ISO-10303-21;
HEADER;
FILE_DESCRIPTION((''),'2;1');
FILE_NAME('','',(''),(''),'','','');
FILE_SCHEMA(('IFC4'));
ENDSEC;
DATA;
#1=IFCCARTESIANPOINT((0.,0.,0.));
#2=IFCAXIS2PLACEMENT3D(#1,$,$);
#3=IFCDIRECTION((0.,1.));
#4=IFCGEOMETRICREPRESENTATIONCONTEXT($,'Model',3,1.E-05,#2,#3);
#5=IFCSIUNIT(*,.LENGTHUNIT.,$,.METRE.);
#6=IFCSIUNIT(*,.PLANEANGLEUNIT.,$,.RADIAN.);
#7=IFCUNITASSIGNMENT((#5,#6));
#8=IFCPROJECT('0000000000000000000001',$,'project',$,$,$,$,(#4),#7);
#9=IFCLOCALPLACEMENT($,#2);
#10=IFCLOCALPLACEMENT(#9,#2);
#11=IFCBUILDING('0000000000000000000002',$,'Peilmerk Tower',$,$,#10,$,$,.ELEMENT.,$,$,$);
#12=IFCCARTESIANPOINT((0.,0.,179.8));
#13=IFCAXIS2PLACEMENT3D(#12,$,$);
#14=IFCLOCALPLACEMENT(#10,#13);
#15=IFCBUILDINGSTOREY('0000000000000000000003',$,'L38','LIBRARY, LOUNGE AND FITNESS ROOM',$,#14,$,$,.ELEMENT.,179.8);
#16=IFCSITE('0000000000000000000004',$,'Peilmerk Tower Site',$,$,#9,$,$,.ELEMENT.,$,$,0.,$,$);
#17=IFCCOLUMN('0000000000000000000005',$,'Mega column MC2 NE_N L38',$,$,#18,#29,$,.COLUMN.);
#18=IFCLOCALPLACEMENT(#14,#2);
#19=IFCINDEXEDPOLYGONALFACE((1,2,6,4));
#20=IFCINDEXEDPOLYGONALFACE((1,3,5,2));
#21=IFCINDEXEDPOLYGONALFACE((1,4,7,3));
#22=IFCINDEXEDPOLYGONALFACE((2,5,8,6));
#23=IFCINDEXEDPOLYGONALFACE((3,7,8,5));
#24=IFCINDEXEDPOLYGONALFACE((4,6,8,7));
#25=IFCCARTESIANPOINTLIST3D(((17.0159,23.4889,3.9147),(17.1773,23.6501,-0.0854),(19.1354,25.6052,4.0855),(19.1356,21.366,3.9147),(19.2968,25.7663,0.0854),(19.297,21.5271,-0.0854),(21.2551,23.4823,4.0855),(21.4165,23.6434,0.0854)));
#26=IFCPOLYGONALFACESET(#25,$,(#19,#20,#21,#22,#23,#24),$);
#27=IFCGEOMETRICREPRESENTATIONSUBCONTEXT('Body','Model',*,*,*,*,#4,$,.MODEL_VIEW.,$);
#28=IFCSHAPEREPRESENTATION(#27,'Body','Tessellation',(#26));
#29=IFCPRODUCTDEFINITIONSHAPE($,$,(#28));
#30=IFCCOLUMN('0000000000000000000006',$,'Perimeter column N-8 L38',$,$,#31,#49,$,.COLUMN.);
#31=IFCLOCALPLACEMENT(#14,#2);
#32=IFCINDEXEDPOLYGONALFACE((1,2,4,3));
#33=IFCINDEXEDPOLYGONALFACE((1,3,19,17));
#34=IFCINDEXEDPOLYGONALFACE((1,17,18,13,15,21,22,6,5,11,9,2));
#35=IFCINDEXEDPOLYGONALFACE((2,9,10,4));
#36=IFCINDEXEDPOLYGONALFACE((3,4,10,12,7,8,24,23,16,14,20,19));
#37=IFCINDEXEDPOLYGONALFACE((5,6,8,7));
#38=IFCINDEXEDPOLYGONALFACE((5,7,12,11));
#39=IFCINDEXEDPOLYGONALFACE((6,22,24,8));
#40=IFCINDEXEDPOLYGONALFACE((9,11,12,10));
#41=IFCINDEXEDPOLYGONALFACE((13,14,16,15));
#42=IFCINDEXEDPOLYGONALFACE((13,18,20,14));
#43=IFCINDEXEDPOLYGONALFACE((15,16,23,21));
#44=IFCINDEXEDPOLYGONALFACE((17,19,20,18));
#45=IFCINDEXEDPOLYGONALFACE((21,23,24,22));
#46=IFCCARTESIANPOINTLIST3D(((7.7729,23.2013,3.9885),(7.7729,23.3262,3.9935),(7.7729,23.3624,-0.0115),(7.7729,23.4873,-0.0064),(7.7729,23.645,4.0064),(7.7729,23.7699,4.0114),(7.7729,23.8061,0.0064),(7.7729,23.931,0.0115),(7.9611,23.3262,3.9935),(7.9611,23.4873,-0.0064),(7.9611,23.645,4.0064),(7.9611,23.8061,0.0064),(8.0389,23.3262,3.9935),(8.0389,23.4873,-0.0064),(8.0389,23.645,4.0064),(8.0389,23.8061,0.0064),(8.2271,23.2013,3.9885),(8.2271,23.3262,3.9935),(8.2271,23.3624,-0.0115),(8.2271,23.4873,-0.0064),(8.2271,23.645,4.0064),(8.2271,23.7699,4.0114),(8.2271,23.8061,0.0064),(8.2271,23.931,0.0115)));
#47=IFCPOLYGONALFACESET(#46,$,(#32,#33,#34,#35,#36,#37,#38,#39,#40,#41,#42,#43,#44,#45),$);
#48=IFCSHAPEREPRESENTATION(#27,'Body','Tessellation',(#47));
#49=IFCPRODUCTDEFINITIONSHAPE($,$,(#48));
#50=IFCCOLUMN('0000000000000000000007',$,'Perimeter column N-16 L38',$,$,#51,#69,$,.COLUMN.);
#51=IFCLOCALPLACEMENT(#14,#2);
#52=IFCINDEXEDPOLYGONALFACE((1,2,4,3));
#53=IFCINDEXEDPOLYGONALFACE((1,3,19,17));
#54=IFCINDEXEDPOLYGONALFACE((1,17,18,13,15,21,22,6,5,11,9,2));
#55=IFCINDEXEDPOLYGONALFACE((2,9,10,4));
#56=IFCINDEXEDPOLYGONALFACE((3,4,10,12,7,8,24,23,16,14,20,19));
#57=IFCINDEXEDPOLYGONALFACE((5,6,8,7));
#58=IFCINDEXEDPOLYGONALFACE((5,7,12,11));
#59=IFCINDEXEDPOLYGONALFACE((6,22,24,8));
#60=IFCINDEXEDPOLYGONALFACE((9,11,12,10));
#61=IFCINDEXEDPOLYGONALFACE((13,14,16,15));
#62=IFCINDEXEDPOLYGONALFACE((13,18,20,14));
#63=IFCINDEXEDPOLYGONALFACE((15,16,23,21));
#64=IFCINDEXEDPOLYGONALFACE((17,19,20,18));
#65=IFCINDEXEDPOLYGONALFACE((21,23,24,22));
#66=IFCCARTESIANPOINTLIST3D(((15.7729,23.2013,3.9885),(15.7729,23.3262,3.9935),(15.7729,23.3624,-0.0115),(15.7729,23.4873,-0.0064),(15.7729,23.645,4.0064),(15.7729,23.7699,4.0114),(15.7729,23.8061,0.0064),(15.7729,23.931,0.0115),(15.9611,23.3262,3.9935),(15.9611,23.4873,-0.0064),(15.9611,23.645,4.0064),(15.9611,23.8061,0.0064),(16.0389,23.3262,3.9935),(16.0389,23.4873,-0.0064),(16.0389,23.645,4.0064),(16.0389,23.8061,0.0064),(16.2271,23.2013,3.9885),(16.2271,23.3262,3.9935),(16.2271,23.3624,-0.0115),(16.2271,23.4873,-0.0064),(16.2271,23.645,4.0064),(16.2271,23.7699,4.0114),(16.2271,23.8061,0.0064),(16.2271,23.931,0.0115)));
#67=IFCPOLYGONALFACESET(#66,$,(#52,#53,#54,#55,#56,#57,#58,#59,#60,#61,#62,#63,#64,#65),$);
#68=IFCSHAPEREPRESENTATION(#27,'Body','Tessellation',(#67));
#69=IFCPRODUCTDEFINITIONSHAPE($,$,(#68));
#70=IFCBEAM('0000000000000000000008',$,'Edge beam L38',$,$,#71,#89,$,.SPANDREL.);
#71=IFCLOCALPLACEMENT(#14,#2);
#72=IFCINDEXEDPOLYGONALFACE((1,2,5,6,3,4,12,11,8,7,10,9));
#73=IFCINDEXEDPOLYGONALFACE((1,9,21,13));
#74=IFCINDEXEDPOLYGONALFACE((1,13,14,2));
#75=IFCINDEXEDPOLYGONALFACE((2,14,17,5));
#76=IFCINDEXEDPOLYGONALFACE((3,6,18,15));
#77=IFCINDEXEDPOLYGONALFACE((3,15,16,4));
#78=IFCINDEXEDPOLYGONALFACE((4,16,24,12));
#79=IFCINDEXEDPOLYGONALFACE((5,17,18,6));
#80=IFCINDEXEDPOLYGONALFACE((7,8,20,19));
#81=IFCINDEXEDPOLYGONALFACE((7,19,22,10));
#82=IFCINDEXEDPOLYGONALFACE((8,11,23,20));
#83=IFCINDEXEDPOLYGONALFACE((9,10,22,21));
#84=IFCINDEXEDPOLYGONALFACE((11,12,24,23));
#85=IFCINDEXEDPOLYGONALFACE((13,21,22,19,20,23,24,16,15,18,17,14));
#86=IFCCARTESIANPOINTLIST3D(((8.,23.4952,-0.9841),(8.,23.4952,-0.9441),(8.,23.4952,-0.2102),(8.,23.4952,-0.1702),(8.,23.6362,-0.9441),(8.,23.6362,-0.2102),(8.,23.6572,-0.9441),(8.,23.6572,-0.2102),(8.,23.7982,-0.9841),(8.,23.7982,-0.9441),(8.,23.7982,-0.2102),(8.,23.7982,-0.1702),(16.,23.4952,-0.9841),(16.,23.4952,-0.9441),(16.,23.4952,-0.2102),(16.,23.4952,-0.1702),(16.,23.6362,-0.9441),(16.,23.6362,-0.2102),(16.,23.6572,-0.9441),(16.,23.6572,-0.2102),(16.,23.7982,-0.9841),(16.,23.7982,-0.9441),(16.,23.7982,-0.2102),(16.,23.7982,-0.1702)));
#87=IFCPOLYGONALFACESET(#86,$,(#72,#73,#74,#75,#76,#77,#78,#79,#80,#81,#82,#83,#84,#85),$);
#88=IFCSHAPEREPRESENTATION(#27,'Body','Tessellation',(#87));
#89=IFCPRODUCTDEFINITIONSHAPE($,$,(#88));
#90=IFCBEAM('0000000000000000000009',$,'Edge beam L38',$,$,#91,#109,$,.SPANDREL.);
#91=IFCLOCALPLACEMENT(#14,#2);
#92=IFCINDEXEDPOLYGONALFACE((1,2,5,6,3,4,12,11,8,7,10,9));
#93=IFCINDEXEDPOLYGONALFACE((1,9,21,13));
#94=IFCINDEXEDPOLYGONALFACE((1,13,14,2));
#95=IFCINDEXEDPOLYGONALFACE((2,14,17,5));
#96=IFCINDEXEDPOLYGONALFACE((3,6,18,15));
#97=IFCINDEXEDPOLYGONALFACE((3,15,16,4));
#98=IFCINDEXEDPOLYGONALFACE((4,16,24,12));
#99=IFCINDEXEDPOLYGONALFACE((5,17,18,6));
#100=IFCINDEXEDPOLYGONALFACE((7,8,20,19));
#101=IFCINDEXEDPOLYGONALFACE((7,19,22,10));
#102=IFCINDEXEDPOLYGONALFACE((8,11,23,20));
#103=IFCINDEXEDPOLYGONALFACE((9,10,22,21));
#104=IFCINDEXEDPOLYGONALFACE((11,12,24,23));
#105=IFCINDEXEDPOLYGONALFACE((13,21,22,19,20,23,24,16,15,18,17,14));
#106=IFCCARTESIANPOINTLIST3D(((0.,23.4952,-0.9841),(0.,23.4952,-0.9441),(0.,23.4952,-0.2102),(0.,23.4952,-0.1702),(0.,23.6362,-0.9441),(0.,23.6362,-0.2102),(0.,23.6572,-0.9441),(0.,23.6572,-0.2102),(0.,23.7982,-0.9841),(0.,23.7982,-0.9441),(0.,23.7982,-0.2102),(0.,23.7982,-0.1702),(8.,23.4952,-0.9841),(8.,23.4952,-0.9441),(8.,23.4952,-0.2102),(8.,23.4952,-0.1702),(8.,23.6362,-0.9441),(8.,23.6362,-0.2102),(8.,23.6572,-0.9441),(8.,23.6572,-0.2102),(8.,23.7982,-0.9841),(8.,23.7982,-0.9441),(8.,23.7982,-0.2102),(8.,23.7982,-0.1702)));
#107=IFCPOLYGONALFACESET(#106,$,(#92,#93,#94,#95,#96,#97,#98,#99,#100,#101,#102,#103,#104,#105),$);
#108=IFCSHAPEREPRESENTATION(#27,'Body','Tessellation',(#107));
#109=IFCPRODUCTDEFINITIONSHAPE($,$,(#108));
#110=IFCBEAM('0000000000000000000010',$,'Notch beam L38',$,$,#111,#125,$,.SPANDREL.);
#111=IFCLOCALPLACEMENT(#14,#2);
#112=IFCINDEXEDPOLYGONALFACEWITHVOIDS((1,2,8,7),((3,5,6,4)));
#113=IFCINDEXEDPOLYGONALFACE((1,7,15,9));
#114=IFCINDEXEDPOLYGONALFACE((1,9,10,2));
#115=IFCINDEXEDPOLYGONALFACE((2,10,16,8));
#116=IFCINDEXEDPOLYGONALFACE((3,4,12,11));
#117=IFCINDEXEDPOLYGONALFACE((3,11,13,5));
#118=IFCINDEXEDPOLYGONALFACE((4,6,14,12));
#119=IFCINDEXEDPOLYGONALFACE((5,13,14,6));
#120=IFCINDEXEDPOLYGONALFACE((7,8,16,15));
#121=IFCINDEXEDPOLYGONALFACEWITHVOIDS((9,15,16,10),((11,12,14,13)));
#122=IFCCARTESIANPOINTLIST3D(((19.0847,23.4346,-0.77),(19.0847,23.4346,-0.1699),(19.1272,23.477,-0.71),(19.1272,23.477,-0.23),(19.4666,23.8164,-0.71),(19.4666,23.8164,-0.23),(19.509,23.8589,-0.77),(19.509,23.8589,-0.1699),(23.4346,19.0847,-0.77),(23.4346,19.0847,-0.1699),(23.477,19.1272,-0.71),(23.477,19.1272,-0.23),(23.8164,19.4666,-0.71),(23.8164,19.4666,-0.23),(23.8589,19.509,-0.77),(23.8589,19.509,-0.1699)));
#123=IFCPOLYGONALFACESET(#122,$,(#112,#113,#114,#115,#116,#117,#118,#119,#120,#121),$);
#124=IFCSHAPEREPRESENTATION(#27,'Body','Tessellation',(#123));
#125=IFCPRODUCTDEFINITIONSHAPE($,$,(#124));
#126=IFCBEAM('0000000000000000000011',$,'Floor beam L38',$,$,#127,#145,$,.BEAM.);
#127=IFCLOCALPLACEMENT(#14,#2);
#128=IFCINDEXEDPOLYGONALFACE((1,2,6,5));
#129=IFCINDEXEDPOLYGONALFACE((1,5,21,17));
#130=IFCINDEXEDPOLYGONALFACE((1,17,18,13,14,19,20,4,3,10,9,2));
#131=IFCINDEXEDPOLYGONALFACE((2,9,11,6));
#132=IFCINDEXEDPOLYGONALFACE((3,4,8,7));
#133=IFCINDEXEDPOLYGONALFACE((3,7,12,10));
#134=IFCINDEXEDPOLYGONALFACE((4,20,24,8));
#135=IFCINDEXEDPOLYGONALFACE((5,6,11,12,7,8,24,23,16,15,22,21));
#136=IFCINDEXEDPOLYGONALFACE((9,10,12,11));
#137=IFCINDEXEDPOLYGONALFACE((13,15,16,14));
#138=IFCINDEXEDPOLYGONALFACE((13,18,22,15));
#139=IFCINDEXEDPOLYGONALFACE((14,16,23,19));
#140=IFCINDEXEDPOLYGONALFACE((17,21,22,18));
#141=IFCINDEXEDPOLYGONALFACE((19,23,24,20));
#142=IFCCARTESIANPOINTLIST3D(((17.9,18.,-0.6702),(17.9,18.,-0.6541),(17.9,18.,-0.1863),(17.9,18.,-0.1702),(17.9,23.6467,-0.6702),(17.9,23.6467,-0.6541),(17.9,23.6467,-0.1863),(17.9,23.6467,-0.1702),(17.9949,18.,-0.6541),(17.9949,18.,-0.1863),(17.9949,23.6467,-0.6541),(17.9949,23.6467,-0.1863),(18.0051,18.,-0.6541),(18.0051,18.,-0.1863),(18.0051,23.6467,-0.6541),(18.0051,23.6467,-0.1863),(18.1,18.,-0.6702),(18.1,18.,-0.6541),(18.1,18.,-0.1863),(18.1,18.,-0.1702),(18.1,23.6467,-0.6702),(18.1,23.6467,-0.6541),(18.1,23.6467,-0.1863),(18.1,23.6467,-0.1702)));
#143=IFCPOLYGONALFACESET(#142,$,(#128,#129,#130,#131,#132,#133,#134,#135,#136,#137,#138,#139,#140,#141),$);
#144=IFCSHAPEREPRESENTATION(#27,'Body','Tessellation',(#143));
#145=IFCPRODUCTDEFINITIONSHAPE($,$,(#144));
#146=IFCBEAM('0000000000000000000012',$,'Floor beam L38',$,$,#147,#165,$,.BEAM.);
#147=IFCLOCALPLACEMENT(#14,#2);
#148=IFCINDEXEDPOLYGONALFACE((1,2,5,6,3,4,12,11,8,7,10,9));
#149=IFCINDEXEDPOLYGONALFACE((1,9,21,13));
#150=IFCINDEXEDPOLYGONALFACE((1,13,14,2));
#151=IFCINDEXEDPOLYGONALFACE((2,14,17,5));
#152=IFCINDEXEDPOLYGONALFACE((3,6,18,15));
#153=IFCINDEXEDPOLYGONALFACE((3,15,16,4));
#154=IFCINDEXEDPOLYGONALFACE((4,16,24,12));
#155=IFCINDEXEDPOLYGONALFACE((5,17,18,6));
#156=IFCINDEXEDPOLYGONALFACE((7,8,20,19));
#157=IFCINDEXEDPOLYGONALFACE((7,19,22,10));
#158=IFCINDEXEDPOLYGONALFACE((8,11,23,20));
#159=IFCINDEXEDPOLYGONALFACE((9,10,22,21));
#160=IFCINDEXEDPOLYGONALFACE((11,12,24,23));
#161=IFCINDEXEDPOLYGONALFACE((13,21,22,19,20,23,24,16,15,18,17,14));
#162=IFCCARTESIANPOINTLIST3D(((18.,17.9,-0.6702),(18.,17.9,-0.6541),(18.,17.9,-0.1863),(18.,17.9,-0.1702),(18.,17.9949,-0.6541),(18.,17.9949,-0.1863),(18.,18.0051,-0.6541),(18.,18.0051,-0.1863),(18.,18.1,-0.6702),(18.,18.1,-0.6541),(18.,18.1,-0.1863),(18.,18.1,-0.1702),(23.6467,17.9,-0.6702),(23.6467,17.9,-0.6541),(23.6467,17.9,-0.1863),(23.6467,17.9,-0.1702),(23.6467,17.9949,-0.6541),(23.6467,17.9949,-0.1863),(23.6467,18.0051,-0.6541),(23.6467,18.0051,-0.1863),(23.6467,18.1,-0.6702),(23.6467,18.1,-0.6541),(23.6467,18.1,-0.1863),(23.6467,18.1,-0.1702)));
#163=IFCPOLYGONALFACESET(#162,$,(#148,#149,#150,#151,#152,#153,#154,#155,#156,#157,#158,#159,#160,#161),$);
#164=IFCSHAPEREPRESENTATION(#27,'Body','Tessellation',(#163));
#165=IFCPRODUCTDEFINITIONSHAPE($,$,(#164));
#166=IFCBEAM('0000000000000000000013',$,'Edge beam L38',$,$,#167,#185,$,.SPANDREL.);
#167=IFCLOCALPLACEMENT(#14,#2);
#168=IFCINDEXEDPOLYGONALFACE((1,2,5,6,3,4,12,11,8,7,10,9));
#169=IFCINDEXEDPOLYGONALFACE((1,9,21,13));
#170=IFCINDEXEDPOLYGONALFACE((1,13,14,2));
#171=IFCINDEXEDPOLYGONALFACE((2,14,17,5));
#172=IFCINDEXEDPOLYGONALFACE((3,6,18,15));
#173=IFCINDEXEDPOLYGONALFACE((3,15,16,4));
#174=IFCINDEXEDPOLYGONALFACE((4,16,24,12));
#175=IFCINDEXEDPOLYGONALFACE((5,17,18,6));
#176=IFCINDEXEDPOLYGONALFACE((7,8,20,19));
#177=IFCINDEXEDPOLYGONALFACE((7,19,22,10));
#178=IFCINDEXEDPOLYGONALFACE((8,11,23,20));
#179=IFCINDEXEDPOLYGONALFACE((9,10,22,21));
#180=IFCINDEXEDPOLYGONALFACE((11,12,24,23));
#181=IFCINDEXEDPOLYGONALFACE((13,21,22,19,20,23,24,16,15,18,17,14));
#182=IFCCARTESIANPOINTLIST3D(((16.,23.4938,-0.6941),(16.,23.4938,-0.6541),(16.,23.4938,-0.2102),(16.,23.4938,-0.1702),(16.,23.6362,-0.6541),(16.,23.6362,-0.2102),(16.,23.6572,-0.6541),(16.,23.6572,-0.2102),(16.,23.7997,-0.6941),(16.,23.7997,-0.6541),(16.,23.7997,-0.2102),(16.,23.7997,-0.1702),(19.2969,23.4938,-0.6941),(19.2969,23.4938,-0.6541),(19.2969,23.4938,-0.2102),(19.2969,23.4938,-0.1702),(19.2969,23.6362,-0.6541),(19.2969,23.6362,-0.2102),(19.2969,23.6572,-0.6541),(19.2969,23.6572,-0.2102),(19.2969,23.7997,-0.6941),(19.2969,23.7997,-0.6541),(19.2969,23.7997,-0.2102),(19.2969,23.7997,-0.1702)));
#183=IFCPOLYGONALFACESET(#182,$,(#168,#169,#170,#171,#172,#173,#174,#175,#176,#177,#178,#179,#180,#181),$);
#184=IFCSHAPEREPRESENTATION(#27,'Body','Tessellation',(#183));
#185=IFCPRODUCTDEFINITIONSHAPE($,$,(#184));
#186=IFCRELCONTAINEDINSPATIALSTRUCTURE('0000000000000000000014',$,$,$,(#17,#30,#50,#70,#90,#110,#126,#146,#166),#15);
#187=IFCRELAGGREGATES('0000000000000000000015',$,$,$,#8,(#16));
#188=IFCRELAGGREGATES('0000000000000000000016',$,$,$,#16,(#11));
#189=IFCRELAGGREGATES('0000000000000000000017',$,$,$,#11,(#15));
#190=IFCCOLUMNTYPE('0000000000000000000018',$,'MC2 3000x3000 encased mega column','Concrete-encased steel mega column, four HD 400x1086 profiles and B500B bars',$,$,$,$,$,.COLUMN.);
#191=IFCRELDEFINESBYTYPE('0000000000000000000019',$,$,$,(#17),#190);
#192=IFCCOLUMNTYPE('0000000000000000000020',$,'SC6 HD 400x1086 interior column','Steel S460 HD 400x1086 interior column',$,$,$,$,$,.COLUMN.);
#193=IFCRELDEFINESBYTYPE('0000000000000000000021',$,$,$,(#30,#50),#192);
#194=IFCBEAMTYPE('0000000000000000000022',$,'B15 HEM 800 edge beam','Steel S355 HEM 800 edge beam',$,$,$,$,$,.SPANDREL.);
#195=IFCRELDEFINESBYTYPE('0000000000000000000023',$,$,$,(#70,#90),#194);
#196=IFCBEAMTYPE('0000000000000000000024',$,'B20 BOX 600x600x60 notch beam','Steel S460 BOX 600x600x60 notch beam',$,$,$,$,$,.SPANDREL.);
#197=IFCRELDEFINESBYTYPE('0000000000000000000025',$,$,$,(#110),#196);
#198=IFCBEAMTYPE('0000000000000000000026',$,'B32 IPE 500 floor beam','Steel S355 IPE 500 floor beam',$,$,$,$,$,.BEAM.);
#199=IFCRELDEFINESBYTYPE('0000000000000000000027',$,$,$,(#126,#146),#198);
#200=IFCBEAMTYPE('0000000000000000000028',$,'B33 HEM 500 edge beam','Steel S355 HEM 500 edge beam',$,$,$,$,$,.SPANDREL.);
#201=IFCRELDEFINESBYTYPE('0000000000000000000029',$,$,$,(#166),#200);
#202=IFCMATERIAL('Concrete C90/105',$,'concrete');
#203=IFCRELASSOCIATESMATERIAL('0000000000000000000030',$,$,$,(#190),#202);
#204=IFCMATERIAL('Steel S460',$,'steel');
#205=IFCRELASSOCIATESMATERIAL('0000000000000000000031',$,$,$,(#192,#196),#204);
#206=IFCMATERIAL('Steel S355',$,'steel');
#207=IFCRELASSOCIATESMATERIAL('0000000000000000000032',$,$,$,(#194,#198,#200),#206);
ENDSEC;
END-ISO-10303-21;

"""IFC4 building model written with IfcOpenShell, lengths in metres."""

from ifc_helpers import new_model, si_unit, direction, frame, origin, origin_2d, place, context, subcontext, project, spatial, rectangle, hollow_rectangle, i_section, extrude, material, material_profile, profile_set, type_object, element, save


model = new_model("IFC4")

# Units and contexts
model_context = context("Model", 3, precision=1e-05, world=origin(), true_north=direction((0.0, 1.0)))
body_context = subcontext(model_context, "Body", "Model", "MODEL_VIEW")
ifc_project = project(units=[si_unit("LENGTHUNIT", "METRE"), si_unit("PLANEANGLEUNIT", "RADIAN")], contexts=[model_context])

# Site, building, storey
site_placement = place(None, origin())
site = spatial("IfcSite", under=ifc_project, at=site_placement, Name="Peilmerk Tower Site", CompositionType="ELEMENT", RefElevation=0.0)
building_placement = place(site_placement, origin())
building = spatial("IfcBuilding", under=site, at=building_placement, Name="Peilmerk Tower", CompositionType="ELEMENT")
storey_placement = place(building_placement, frame((0.0, 0.0, 179.8)))
storey = spatial("IfcBuildingStorey", under=building, at=storey_placement, Name="L38", Description="LIBRARY, LOUNGE AND FITNESS ROOM", CompositionType="ELEMENT", Elevation=179.8)

# Columns
ifc_material_1 = material(Name="Concrete C90/105", Category="concrete")
ifc_material_profile_1 = material_profile(ifc_material_1, rectangle(XDim=3.0, YDim=3.0, at=origin_2d()), Name="RC 3000x3000")
ifc_profile_set_1 = profile_set([ifc_material_profile_1], Name="Concrete C90/105")
column_type_1 = type_object("IfcColumnType", Name="MC2 3000x3000 encased mega column", Description="Concrete-encased steel mega column, four HD 400x1086 profiles and B500B bars", PredefinedType="COLUMN", material=ifc_profile_set_1)
column_placement = place(storey_placement, frame((19.2969, 23.6467, 0.0), z_axis=(-0.040279, -0.040218, 0.998379), x_axis=(0.706571, -0.707642, 0.0)))
element("IfcColumn", 1, at=column_placement, inside=storey, type_object=column_type_1, Name="Mega column MC2 NE_N L38", PredefinedType="COLUMN", context=body_context, shape_type="SweptSolid", body=[
    extrude(rectangle(XDim=3.0, YDim=3.0, at=origin_2d()), origin(), (0.0, 0.0, 1.0), 4.0066),
])
ifc_material_2 = material(Name="Steel S460", Category="steel")
ifc_material_profile_2 = material_profile(ifc_material_2, i_section(OverallWidth=0.4541, OverallDepth=0.5691, WebThickness=0.0779, FlangeThickness=0.125, at=origin_2d()), Name="HD 400x1086")
ifc_profile_set_2 = profile_set([ifc_material_profile_2], Name="Steel S460")
column_type_2 = type_object("IfcColumnType", Name="SC6 HD 400x1086 interior column", Description="Steel S460 HD 400x1086 interior column", PredefinedType="COLUMN", material=ifc_profile_set_2)
for number, where, z_axis, x_axis, name in (
    (2, (8.0, 23.6467, 0.0), (0.0, -0.040251, 0.99919), (1.0, 0.0, 0.0), "Perimeter column N-8 L38"),
    (3, (16.0, 23.6467, 0.0), (0.0, -0.040251, 0.99919), (1.0, 0.0, 0.0), "Perimeter column N-16 L38"),
):
    element("IfcColumn", number, at=place(storey_placement, frame(where, z_axis=z_axis, x_axis=x_axis)), inside=storey, type_object=column_type_2, Name=name, PredefinedType="COLUMN", context=body_context, shape_type="SweptSolid", body=[
        extrude(i_section(OverallWidth=0.4541, OverallDepth=0.5691, WebThickness=0.0779, FlangeThickness=0.125, at=origin_2d()), origin(), (0.0, 0.0, 1.0), 4.0032),
    ])

# Beams
ifc_material_3 = material(Name="Steel S355", Category="steel")
ifc_material_profile_3 = material_profile(ifc_material_3, i_section(OverallWidth=0.303, OverallDepth=0.814, WebThickness=0.021, FlangeThickness=0.04, at=origin_2d()), Name="HEM 800")
ifc_profile_set_3 = profile_set([ifc_material_profile_3], Name="Steel S355")
beam_type_1 = type_object("IfcBeamType", Name="B15 HEM 800 edge beam", Description="Steel S355 HEM 800 edge beam", PredefinedType="SPANDREL", material=ifc_profile_set_3)
for number, where, z_axis, x_axis, name in (
    (4, (16.0, 23.6467, -0.5771), (-1.0, 0.0, 0.0), (0.0, -1.0, 0.0), "Edge beam L38"),
    (5, (8.0, 23.6467, -0.5771), (-1.0, 0.0, 0.0), (0.0, -1.0, 0.0), "Edge beam L38"),
):
    element("IfcBeam", number, at=place(storey_placement, frame(where, z_axis=z_axis, x_axis=x_axis)), inside=storey, type_object=beam_type_1, Name=name, PredefinedType="SPANDREL", context=body_context, shape_type="SweptSolid", body=[
        extrude(i_section(OverallWidth=0.303, OverallDepth=0.814, WebThickness=0.021, FlangeThickness=0.04, at=origin_2d()), origin(), (0.0, 0.0, 1.0), 8.0),
    ])
ifc_material_profile_4 = material_profile(ifc_material_2, hollow_rectangle(XDim=0.6001, YDim=0.6001, WallThickness=0.0601, at=origin_2d()), Name="BOX 600x600x60")
ifc_profile_set_4 = profile_set([ifc_material_profile_4], Name="Steel S460")
beam_type_2 = type_object("IfcBeamType", Name="B20 BOX 600x600x60 notch beam", Description="Steel S460 BOX 600x600x60 notch beam", PredefinedType="SPANDREL", material=ifc_profile_set_4)
beam_1_placement = place(storey_placement, frame((19.2969, 23.6467, -0.47), z_axis=(0.707107, -0.707107, 0.0), x_axis=(0.707107, 0.707107, 0.0)))
element("IfcBeam", 6, at=beam_1_placement, inside=storey, type_object=beam_type_2, Name="Notch beam L38", PredefinedType="SPANDREL", context=body_context, shape_type="SweptSolid", body=[
    extrude(hollow_rectangle(XDim=0.6001, YDim=0.6001, WallThickness=0.0601, at=origin_2d()), origin(), (0.0, 0.0, 1.0), 6.1516),
])
ifc_material_profile_5 = material_profile(ifc_material_3, i_section(OverallWidth=0.2, OverallDepth=0.5, WebThickness=0.0103, FlangeThickness=0.0161, at=origin_2d()), Name="IPE 500")
ifc_profile_set_5 = profile_set([ifc_material_profile_5], Name="Steel S355")
beam_type_3 = type_object("IfcBeamType", Name="B32 IPE 500 floor beam", Description="Steel S355 IPE 500 floor beam", PredefinedType="BEAM", material=ifc_profile_set_5)
for number, where, z_axis, x_axis, name in (
    (7, (18.0, 18.0, -0.4202), (0.0, 1.0, 0.0), (-1.0, 0.0, 0.0), "Floor beam L38"),
    (8, (18.0, 18.0, -0.4202), (1.0, 0.0, 0.0), (0.0, 1.0, 0.0), "Floor beam L38"),
):
    element("IfcBeam", number, at=place(storey_placement, frame(where, z_axis=z_axis, x_axis=x_axis)), inside=storey, type_object=beam_type_3, Name=name, PredefinedType="BEAM", context=body_context, shape_type="SweptSolid", body=[
        extrude(i_section(OverallWidth=0.2, OverallDepth=0.5, WebThickness=0.0103, FlangeThickness=0.0161, at=origin_2d()), origin(), (0.0, 0.0, 1.0), 5.6467),
    ])
ifc_material_profile_6 = material_profile(ifc_material_3, i_section(OverallWidth=0.3059, OverallDepth=0.5239, WebThickness=0.021, FlangeThickness=0.04, at=origin_2d()), Name="HEM 500")
ifc_profile_set_6 = profile_set([ifc_material_profile_6], Name="Steel S355")
beam_type_4 = type_object("IfcBeamType", Name="B33 HEM 500 edge beam", Description="Steel S355 HEM 500 edge beam", PredefinedType="SPANDREL", material=ifc_profile_set_6)
beam_2_placement = place(storey_placement, frame((19.2969, 23.6467, -0.4321), z_axis=(-1.0, 0.0, 0.0), x_axis=(0.0, -1.0, 0.0)))
element("IfcBeam", 9, at=beam_2_placement, inside=storey, type_object=beam_type_4, Name="Edge beam L38", PredefinedType="SPANDREL", context=body_context, shape_type="SweptSolid", body=[
    extrude(i_section(OverallWidth=0.3059, OverallDepth=0.5239, WebThickness=0.021, FlangeThickness=0.04, at=origin_2d()), origin(), (0.0, 0.0, 1.0), 3.2969),
])

save(model, "model.ifc")
